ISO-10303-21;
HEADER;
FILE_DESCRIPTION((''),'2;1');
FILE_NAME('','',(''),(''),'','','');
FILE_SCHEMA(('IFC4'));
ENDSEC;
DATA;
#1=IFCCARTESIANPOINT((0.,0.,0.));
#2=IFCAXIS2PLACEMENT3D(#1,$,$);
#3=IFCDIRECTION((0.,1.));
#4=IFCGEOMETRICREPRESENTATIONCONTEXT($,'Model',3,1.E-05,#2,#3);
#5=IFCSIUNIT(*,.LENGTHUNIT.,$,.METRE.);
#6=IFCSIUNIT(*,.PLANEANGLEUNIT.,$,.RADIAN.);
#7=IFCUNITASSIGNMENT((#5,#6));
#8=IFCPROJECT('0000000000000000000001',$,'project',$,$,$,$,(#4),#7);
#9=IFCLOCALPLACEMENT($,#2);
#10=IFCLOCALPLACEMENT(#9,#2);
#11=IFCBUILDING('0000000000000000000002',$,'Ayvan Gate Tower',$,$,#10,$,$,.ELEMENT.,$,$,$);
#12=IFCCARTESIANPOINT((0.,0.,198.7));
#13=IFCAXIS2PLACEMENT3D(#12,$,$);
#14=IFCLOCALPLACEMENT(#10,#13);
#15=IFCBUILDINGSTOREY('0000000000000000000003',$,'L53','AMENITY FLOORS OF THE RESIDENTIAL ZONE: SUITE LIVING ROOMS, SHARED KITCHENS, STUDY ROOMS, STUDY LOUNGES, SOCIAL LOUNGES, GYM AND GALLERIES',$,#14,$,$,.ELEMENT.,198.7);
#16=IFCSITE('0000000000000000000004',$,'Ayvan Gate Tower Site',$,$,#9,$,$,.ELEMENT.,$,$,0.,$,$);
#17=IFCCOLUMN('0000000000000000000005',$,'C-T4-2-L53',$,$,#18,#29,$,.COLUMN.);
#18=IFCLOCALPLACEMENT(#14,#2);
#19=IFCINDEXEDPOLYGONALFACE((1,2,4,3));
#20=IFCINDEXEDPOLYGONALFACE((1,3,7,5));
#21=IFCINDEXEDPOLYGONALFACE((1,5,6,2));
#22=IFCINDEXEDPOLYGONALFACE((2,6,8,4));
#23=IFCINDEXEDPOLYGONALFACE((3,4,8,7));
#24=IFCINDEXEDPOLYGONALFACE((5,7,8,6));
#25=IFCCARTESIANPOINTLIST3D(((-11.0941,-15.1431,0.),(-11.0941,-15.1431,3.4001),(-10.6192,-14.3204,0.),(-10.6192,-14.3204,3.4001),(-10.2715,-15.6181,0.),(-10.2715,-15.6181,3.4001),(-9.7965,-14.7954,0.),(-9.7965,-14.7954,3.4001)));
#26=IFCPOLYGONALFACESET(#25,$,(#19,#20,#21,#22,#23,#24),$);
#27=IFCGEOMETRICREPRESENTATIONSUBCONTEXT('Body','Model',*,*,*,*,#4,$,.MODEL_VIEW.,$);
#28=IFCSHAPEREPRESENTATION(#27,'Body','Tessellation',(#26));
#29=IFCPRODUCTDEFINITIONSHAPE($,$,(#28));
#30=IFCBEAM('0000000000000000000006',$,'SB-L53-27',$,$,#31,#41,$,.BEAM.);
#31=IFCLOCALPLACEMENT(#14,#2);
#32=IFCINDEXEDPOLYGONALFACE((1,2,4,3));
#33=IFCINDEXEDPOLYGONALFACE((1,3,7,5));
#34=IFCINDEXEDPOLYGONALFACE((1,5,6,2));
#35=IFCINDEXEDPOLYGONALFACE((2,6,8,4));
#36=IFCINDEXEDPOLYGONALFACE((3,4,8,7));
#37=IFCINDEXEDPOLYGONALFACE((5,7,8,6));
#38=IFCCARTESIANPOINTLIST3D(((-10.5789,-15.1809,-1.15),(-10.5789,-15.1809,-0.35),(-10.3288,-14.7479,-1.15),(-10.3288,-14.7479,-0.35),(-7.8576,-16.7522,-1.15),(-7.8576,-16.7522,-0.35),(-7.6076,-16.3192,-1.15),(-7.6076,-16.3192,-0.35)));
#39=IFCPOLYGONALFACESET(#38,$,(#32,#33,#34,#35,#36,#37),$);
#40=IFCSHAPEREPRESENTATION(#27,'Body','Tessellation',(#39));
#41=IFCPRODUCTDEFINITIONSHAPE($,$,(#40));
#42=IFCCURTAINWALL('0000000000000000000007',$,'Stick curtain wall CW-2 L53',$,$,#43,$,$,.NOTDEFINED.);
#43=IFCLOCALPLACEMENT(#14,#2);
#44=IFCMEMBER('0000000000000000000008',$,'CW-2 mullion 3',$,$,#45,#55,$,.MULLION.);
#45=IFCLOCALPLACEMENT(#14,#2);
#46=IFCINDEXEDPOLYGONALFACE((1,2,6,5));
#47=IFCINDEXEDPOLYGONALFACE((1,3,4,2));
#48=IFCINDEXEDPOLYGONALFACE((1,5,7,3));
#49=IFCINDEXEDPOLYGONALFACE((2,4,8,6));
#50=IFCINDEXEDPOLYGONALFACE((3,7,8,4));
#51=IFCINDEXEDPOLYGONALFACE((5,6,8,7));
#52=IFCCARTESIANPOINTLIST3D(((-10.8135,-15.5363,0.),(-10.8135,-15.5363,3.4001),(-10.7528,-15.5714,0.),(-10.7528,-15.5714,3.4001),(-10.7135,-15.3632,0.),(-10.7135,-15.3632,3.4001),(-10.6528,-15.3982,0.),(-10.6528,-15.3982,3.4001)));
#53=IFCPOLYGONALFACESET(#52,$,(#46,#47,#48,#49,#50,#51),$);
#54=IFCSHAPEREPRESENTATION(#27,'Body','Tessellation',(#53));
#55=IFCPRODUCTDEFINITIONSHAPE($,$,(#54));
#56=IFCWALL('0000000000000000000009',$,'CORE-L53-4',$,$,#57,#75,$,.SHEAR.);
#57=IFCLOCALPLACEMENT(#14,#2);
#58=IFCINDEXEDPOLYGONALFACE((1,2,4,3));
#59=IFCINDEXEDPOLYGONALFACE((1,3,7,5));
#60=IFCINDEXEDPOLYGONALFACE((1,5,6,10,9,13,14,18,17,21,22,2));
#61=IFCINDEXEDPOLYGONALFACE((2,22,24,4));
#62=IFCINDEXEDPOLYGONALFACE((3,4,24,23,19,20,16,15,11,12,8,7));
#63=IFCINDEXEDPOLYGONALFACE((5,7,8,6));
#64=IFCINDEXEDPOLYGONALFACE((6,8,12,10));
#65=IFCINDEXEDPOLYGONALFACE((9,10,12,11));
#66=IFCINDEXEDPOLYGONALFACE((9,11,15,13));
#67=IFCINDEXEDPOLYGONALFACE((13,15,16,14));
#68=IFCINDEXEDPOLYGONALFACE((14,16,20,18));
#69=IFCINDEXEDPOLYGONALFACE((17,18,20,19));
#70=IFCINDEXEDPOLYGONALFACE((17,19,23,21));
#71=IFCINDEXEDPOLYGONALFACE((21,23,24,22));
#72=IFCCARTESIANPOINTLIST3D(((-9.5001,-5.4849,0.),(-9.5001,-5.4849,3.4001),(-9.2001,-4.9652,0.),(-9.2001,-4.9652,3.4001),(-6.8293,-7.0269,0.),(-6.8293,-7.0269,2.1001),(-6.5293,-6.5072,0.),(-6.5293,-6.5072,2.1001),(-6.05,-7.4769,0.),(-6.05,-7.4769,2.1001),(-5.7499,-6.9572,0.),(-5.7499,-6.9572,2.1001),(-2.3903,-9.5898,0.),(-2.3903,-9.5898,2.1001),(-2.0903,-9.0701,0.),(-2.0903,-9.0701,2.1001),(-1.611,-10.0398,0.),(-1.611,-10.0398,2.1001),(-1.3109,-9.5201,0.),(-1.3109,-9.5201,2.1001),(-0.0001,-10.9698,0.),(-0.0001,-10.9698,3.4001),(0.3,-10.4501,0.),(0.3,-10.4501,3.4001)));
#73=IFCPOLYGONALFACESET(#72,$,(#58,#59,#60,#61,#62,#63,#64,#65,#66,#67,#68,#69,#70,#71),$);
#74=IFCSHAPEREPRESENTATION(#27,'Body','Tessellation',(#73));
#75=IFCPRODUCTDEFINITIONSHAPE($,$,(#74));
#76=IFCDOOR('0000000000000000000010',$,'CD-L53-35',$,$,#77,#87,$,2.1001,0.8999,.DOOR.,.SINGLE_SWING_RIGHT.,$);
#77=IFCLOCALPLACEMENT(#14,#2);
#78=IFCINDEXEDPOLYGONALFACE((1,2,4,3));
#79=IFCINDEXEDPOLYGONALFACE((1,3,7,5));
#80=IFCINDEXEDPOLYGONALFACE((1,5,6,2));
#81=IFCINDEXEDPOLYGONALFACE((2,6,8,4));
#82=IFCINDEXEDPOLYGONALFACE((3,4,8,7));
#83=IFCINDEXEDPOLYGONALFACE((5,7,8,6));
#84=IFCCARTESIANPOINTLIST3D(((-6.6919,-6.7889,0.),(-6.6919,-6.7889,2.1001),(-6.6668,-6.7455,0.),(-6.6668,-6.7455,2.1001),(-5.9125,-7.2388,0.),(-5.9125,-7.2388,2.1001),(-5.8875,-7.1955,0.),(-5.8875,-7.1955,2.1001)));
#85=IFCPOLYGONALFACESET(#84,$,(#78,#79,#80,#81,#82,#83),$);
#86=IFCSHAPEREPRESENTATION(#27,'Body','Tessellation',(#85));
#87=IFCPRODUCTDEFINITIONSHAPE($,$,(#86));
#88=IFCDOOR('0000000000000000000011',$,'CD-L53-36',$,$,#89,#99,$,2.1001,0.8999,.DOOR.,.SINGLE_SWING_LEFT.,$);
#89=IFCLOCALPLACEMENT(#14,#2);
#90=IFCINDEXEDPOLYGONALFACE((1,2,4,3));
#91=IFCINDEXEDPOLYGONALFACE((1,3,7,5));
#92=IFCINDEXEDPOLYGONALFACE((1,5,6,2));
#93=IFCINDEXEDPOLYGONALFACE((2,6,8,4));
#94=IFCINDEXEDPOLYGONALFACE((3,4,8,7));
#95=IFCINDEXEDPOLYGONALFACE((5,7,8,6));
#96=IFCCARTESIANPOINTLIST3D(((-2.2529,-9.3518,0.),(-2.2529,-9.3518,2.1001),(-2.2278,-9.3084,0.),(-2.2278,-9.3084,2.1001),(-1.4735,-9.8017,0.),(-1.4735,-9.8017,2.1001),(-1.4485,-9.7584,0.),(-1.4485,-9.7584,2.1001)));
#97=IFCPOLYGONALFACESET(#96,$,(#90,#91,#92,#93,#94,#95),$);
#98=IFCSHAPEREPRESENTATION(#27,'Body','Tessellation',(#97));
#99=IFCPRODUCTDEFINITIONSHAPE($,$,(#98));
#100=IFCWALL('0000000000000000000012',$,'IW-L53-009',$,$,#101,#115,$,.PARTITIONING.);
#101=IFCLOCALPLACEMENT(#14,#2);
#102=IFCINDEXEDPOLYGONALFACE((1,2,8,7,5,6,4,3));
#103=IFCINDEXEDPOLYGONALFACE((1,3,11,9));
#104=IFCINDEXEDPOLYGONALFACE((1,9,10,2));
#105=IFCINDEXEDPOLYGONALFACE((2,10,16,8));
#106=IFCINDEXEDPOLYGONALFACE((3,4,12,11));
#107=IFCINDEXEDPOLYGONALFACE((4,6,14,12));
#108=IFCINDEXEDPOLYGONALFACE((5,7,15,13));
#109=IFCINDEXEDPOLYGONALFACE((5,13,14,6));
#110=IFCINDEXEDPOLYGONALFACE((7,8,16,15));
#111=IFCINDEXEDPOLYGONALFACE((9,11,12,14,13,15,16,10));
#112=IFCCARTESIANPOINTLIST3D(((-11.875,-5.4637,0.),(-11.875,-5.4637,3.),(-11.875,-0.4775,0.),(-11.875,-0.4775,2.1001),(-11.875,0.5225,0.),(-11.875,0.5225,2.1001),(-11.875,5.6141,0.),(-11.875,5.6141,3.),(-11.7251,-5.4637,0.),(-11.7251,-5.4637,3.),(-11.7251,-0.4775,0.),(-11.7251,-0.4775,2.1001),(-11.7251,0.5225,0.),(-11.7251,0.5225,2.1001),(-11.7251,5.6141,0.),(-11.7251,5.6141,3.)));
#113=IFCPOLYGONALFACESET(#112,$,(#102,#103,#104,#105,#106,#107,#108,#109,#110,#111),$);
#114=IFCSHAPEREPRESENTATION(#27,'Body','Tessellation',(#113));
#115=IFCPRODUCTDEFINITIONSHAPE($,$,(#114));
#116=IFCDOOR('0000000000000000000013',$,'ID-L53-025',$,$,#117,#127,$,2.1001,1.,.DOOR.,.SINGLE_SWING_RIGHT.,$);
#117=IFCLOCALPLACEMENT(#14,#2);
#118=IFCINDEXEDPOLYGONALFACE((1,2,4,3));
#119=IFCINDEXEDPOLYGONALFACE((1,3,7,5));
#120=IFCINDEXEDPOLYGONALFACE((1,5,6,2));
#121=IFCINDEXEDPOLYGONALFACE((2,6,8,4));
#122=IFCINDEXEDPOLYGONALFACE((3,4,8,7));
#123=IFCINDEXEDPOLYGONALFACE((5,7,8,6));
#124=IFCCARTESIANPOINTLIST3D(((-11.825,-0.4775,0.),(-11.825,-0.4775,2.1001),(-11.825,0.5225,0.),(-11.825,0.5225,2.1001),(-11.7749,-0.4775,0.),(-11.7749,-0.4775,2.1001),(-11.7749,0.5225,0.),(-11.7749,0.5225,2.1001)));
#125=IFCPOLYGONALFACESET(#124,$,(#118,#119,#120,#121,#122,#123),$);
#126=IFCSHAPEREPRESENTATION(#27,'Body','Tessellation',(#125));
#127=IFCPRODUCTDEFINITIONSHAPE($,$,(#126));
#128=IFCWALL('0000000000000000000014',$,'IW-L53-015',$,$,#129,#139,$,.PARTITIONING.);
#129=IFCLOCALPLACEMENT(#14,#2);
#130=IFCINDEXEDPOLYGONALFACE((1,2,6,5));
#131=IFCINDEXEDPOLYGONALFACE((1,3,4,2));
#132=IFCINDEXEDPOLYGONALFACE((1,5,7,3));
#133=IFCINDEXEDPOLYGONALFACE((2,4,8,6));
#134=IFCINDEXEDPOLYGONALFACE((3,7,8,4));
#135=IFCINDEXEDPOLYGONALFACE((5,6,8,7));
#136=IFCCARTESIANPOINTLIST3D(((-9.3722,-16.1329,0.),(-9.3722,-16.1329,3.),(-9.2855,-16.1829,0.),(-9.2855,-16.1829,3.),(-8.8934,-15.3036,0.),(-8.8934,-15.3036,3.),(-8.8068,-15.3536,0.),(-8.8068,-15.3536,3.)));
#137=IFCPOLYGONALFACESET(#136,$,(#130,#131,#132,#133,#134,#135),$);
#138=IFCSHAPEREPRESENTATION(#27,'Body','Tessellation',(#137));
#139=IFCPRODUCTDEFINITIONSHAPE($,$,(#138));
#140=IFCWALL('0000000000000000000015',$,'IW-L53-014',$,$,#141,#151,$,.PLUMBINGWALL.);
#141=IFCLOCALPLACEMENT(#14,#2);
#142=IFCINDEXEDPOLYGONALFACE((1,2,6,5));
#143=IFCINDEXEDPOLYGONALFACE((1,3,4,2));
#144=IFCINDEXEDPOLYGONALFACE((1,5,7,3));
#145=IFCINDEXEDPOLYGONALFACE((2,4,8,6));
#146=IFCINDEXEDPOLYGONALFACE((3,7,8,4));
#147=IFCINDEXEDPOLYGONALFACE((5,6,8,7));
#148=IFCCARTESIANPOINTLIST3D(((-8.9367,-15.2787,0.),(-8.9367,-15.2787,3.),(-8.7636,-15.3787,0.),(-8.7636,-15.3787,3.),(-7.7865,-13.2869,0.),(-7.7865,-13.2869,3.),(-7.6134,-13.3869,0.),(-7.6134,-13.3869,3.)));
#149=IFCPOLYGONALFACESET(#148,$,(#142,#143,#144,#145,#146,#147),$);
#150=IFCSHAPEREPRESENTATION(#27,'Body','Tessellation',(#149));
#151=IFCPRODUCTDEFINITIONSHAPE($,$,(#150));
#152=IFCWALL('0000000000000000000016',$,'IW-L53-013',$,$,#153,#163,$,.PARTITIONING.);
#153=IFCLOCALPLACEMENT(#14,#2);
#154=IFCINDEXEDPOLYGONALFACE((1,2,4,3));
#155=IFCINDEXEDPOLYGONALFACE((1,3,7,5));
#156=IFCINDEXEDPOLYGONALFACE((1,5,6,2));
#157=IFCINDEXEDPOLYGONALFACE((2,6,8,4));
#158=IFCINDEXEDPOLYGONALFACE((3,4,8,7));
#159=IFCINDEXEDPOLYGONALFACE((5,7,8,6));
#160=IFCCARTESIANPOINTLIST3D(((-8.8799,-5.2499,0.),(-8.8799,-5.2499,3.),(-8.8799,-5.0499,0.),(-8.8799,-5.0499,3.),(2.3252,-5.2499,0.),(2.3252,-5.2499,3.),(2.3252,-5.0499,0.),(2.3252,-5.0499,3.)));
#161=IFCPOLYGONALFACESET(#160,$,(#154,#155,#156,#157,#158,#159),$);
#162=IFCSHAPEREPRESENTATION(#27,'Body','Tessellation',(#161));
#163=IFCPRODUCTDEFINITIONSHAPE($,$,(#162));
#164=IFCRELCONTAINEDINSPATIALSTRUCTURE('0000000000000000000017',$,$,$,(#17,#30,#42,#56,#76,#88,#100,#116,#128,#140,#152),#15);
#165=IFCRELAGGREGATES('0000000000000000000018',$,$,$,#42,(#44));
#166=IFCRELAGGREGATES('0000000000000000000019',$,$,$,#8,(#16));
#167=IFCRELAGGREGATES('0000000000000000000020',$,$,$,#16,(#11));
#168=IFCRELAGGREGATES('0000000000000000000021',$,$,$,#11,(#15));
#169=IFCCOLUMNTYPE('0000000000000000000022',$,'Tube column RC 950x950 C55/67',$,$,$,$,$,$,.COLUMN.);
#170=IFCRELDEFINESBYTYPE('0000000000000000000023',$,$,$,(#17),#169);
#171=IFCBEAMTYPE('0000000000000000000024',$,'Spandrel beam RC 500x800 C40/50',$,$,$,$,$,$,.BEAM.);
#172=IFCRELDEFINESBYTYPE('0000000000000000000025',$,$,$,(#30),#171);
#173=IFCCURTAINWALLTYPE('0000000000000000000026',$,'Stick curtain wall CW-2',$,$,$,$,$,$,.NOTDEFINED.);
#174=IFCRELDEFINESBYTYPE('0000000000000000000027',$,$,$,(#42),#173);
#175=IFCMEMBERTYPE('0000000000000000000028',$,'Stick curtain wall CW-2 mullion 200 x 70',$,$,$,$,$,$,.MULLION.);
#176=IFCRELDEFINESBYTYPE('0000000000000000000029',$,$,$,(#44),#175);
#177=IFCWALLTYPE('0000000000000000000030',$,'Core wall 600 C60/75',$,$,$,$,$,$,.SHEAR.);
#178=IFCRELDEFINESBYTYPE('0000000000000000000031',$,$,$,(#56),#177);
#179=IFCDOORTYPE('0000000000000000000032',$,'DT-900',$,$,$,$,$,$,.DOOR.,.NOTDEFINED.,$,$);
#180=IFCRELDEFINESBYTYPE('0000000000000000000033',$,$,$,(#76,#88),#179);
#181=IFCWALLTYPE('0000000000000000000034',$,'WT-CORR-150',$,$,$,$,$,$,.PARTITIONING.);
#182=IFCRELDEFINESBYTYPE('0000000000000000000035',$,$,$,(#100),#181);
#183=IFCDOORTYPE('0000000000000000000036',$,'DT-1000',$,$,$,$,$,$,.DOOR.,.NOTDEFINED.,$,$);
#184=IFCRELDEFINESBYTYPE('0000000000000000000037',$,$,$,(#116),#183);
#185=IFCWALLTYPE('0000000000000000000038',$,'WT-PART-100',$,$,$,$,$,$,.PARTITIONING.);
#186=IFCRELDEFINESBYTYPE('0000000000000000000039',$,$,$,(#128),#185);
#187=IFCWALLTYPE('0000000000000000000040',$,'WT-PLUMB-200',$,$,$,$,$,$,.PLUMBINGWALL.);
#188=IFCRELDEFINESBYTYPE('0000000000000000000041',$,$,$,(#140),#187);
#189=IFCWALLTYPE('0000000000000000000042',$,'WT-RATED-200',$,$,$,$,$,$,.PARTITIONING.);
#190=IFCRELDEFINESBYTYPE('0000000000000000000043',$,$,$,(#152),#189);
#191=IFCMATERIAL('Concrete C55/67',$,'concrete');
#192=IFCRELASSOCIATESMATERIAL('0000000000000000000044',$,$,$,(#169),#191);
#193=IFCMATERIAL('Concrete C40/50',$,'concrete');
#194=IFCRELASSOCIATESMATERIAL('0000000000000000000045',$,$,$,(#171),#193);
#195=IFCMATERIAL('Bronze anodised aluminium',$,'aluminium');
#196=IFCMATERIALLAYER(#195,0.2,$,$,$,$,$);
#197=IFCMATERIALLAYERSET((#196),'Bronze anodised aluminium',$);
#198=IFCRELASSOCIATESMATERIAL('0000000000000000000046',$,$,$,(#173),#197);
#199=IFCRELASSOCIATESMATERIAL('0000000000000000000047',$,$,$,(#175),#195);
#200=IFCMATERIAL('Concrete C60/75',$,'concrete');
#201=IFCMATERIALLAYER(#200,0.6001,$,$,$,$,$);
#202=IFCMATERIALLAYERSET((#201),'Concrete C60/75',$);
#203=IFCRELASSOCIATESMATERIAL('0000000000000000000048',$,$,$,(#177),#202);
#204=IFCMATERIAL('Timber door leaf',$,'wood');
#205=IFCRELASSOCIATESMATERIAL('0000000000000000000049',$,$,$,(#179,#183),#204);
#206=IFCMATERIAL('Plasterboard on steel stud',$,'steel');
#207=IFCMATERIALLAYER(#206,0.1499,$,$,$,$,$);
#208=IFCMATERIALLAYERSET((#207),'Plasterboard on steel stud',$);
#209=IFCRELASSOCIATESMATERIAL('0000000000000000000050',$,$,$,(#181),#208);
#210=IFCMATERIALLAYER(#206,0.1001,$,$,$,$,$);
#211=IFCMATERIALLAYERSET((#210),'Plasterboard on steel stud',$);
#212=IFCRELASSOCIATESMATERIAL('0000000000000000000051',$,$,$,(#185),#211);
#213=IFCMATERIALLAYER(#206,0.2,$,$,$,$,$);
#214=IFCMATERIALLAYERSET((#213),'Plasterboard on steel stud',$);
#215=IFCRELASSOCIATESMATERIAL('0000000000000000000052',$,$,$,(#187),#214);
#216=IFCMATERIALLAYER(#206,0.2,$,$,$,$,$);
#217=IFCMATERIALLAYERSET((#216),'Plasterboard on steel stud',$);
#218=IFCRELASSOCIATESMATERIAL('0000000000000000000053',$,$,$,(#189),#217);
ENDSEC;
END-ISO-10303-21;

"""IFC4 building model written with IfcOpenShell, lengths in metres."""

from ifc_helpers import new_model, si_unit, direction, frame, frame_2d, origin, origin_2d, place, context, subcontext, project, spatial, rectangle, extrude, material, layer, layer_set, material_profile, profile_set, type_object, element, fill, aggregate, save


model = new_model("IFC4")

# Units and contexts
model_context = context("Model", 3, precision=1e-05, world=origin(), true_north=direction((0.0, 1.0)))
body_context = subcontext(model_context, "Body", "Model", "MODEL_VIEW")
ifc_project = project(units=[si_unit("LENGTHUNIT", "METRE"), si_unit("PLANEANGLEUNIT", "RADIAN")], contexts=[model_context])

# Site, building, storey
site_placement = place(None, origin())
site = spatial("IfcSite", under=ifc_project, at=site_placement, Name="Ayvan Gate Tower Site", CompositionType="ELEMENT", RefElevation=0.0)
building_placement = place(site_placement, origin())
building = spatial("IfcBuilding", under=site, at=building_placement, Name="Ayvan Gate Tower", CompositionType="ELEMENT")
storey_placement = place(building_placement, frame((0.0, 0.0, 198.7)))
storey = spatial("IfcBuildingStorey", under=building, at=storey_placement, Name="L53", Description="AMENITY FLOORS OF THE RESIDENTIAL ZONE: SUITE LIVING ROOMS, SHARED KITCHENS, STUDY ROOMS, STUDY LOUNGES, SOCIAL LOUNGES, GYM AND GALLERIES", CompositionType="ELEMENT", Elevation=198.7)

# Column
ifc_material_1 = material(Name="Concrete C55/67", Category="concrete")
ifc_material_profile_1 = material_profile(ifc_material_1, rectangle(XDim=0.95, YDim=0.95, at=origin_2d()), Name="RC 950x950")
ifc_profile_set_1 = profile_set([ifc_material_profile_1], Name="Concrete C55/67")
column_type = type_object("IfcColumnType", Name="Tube column RC 950x950 C55/67", PredefinedType="COLUMN", material=ifc_profile_set_1)
column_placement = place(storey_placement, frame((-10.4453, -14.9692, 0.0), z_axis=(0.0, 0.0, 1.0), x_axis=(-0.5, -0.866025, 0.0)))
element("IfcColumn", 1, at=column_placement, inside=storey, type_object=column_type, Name="C-T4-2-L53", PredefinedType="COLUMN", context=body_context, shape_type="SweptSolid", body=[
    extrude(rectangle(XDim=0.95, YDim=0.95, at=origin_2d()), origin(), (0.0, 0.0, 1.0), 3.4001),
])

# Beam
ifc_material_2 = material(Name="Concrete C40/50", Category="concrete")
ifc_material_profile_2 = material_profile(ifc_material_2, rectangle(XDim=0.5, YDim=0.8, at=origin_2d()), Name="RC 500x800")
ifc_profile_set_2 = profile_set([ifc_material_profile_2], Name="Concrete C40/50")
beam_type = type_object("IfcBeamType", Name="Spandrel beam RC 500x800 C40/50", PredefinedType="BEAM", material=ifc_profile_set_2)
beam_placement = place(storey_placement, frame((-10.4539, -14.9644, -0.75), z_axis=(0.865997, -0.50005, 0.0), x_axis=(0.50005, 0.865997, 0.0)))
element("IfcBeam", 2, at=beam_placement, inside=storey, type_object=beam_type, Name="SB-L53-27", PredefinedType="BEAM", context=body_context, shape_type="SweptSolid", body=[
    extrude(rectangle(XDim=0.5, YDim=0.8, at=origin_2d()), origin(), (0.0, 0.0, 1.0), 3.1423),
])

# Curtain wall, member
ifc_material_3 = material(Name="Bronze anodised aluminium", Category="aluminium")
ifc_layer_1 = layer(ifc_material_3, 0.2)
ifc_layer_set_1 = layer_set([ifc_layer_1], Name="Bronze anodised aluminium")
curtain_wall_type = type_object("IfcCurtainWallType", Name="Stick curtain wall CW-2", PredefinedType="NOTDEFINED", material=ifc_layer_set_1)
curtain_wall_placement = place(storey_placement, origin())
curtain_wall = element("IfcCurtainWall", 3, at=curtain_wall_placement, inside=storey, type_object=curtain_wall_type, Name="Stick curtain wall CW-2 L53", PredefinedType="NOTDEFINED")
ifc_material_profile_3 = material_profile(ifc_material_3, rectangle(XDim=0.2, YDim=0.0701, at=origin_2d()), Name="Stick curtain wall CW-2 mullion 200 x 70")
ifc_profile_set_3 = profile_set([ifc_material_profile_3], Name="Bronze anodised aluminium")
member_type = type_object("IfcMemberType", Name="Stick curtain wall CW-2 mullion 200 x 70", PredefinedType="MULLION", material=ifc_profile_set_3)
member_placement = place(storey_placement, frame((-10.7332, -15.4673, 0.0), z_axis=(0.0, 0.0, 1.0), x_axis=(-0.5, -0.866025, 0.0)))
member = element("IfcMember", 4, at=member_placement, type_object=member_type, Name="CW-2 mullion 3", PredefinedType="MULLION", context=body_context, shape_type="SweptSolid", body=[
    extrude(rectangle(XDim=0.2, YDim=0.0701, at=origin_2d()), origin(), (0.0, 0.0, 1.0), 3.4001),
])
aggregate(curtain_wall, [member])

# Wall, openings, doors
ifc_material_4 = material(Name="Concrete C60/75", Category="concrete")
ifc_layer_2 = layer(ifc_material_4, 0.6001)
ifc_layer_set_2 = layer_set([ifc_layer_2], Name="Concrete C60/75")
wall_type_1 = type_object("IfcWallType", Name="Core wall 600 C60/75", PredefinedType="SHEAR", material=ifc_layer_set_2)
wall_1_placement = place(storey_placement, frame((-9.3501, -5.2251, 0.0), z_axis=(0.0, 0.0, 1.0), x_axis=(0.866024, -0.500002, 0.0)))
wall_1 = element("IfcWall", 5, at=wall_1_placement, inside=storey, type_object=wall_type_1, Name="CORE-L53-4", PredefinedType="SHEAR", context=body_context, shape_type="SweptSolid", body=[
    extrude(rectangle(XDim=10.9697, YDim=0.6001, at=frame_2d((5.4849, 0.0))), origin(), (0.0, 0.0, 1.0), 3.4001),
])
opening_1_placement = place(wall_1_placement, frame((3.084, 0.0, 0.0)))
opening_1 = element("IfcOpeningElement", 6, at=opening_1_placement, cuts=wall_1, PredefinedType="OPENING", context=body_context, shape_type="SweptSolid", body=[
    extrude(rectangle(XDim=0.8999, YDim=2.1001, at=frame_2d((0.45, 1.05))), frame((0.0, 0.3101, 0.0), z_axis=(0.0, -1.0, 0.0), x_axis=(1.0, 0.0, 0.0)), (0.0, 0.0, 1.0), 0.6201),
])
opening_2_placement = place(wall_1_placement, frame((8.2097, 0.0, 0.0)))
opening_2 = element("IfcOpeningElement", 7, at=opening_2_placement, cuts=wall_1, PredefinedType="OPENING", context=body_context, shape_type="SweptSolid", body=[
    extrude(rectangle(XDim=0.8999, YDim=2.1001, at=frame_2d((0.45, 1.05))), frame((0.0, 0.3101, 0.0), z_axis=(0.0, -1.0, 0.0), x_axis=(1.0, 0.0, 0.0)), (0.0, 0.0, 1.0), 0.6201),
])
ifc_material_5 = material(Name="Timber door leaf", Category="wood")
door_type_1 = type_object("IfcDoorType", Name="DT-900", OperationType="NOTDEFINED", PredefinedType="DOOR", material=ifc_material_5)
door_1_placement = place(opening_1_placement, origin())
door_1 = element("IfcDoor", 8, at=door_1_placement, inside=storey, type_object=door_type_1, Name="CD-L53-35", OperationType="SINGLE_SWING_RIGHT", OverallHeight=2.1001, OverallWidth=0.8999, PredefinedType="DOOR", context=body_context, shape_type="SweptSolid", body=[
    extrude(rectangle(XDim=0.8999, YDim=2.1001, at=frame_2d((0.45, 1.05))), frame((0.0, 0.0249, 0.0), z_axis=(0.0, -1.0, 0.0), x_axis=(1.0, 0.0, 0.0)), (0.0, 0.0, 1.0), 0.05),
])
fill(opening_1, door_1)
door_2_placement = place(opening_2_placement, origin())
door_2 = element("IfcDoor", 9, at=door_2_placement, inside=storey, type_object=door_type_1, Name="CD-L53-36", OperationType="SINGLE_SWING_LEFT", OverallHeight=2.1001, OverallWidth=0.8999, PredefinedType="DOOR", context=body_context, shape_type="SweptSolid", body=[
    extrude(rectangle(XDim=0.8999, YDim=2.1001, at=frame_2d((0.45, 1.05))), frame((0.0, 0.0249, 0.0), z_axis=(0.0, -1.0, 0.0), x_axis=(1.0, 0.0, 0.0)), (0.0, 0.0, 1.0), 0.05),
])
fill(opening_2, door_2)

# Wall, opening, door
ifc_material_6 = material(Name="Plasterboard on steel stud", Category="steel")
ifc_layer_3 = layer(ifc_material_6, 0.1499)
ifc_layer_set_3 = layer_set([ifc_layer_3], Name="Plasterboard on steel stud")
wall_type_2 = type_object("IfcWallType", Name="WT-CORR-150", PredefinedType="PARTITIONING", material=ifc_layer_set_3)
wall_2_placement = place(storey_placement, frame((-11.8, -5.4639, 0.0), z_axis=(0.0, 0.0, 1.0), x_axis=(0.0, 1.0, 0.0)))
wall_2 = element("IfcWall", 10, at=wall_2_placement, inside=storey, type_object=wall_type_2, Name="IW-L53-009", PredefinedType="PARTITIONING", context=body_context, shape_type="SweptSolid", body=[
    extrude(rectangle(XDim=11.0779, YDim=0.1499, at=frame_2d((5.5391, 0.0))), origin(), (0.0, 0.0, 1.0), 3.0),
])
opening_3_placement = place(wall_2_placement, frame((4.9863, 0.0, 0.0)))
opening_3 = element("IfcOpeningElement", 11, at=opening_3_placement, cuts=wall_2, PredefinedType="OPENING", context=body_context, shape_type="SweptSolid", body=[
    extrude(rectangle(XDim=1.0, YDim=2.1001, at=frame_2d((0.5, 1.05))), frame((0.0, 0.085, 0.0), z_axis=(0.0, -1.0, 0.0), x_axis=(1.0, 0.0, 0.0)), (0.0, 0.0, 1.0), 0.1699),
])
door_type_2 = type_object("IfcDoorType", Name="DT-1000", OperationType="NOTDEFINED", PredefinedType="DOOR", material=ifc_material_5)
door_3_placement = place(opening_3_placement, origin())
door_3 = element("IfcDoor", 12, at=door_3_placement, inside=storey, type_object=door_type_2, Name="ID-L53-025", OperationType="SINGLE_SWING_RIGHT", OverallHeight=2.1001, OverallWidth=1.0, PredefinedType="DOOR", context=body_context, shape_type="SweptSolid", body=[
    extrude(rectangle(XDim=1.0, YDim=2.1001, at=frame_2d((0.5, 1.05))), frame((0.0, 0.0249, 0.0), z_axis=(0.0, -1.0, 0.0), x_axis=(1.0, 0.0, 0.0)), (0.0, 0.0, 1.0), 0.05),
])
fill(opening_3, door_3)

# Walls
ifc_layer_4 = layer(ifc_material_6, 0.1001)
ifc_layer_set_4 = layer_set([ifc_layer_4], Name="Plasterboard on steel stud")
wall_type_3 = type_object("IfcWallType", Name="WT-PART-100", PredefinedType="PARTITIONING", material=ifc_layer_set_4)
wall_3_placement = place(storey_placement, frame((-8.8501, -15.3286, 0.0), z_axis=(0.0, 0.0, 1.0), x_axis=(-0.499951, -0.866054, 0.0)))
element("IfcWall", 13, at=wall_3_placement, inside=storey, type_object=wall_type_3, Name="IW-L53-015", PredefinedType="PARTITIONING", context=body_context, shape_type="SweptSolid", body=[
    extrude(rectangle(XDim=0.9575, YDim=0.1001, at=frame_2d((0.4788, 0.0))), origin(), (0.0, 0.0, 1.0), 3.0),
])
ifc_layer_5 = layer(ifc_material_6, 0.2)
ifc_layer_set_5 = layer_set([ifc_layer_5], Name="Plasterboard on steel stud")
wall_type_4 = type_object("IfcWallType", Name="WT-PLUMB-200", PredefinedType="PLUMBINGWALL", material=ifc_layer_set_5)
wall_4_placement = place(storey_placement, frame((-8.8501, -15.3286, 0.0), z_axis=(0.0, 0.0, 1.0), x_axis=(0.500078, 0.865981, 0.0)))
element("IfcWall", 14, at=wall_4_placement, inside=storey, type_object=wall_type_4, Name="IW-L53-014", PredefinedType="PLUMBINGWALL", context=body_context, shape_type="SweptSolid", body=[
    extrude(rectangle(XDim=2.3, YDim=0.2, at=frame_2d((1.1499, 0.0))), origin(), (0.0, 0.0, 1.0), 3.0),
])
ifc_layer_6 = layer(ifc_material_6, 0.2)
ifc_layer_set_6 = layer_set([ifc_layer_6], Name="Plasterboard on steel stud")
wall_type_5 = type_object("IfcWallType", Name="WT-RATED-200", PredefinedType="PARTITIONING", material=ifc_layer_set_6)
wall_5_placement = place(storey_placement, frame((-8.8799, -5.1499, 0.0), z_axis=(0.0, 0.0, 1.0), x_axis=(1.0, 0.0, 0.0)))
element("IfcWall", 15, at=wall_5_placement, inside=storey, type_object=wall_type_5, Name="IW-L53-013", PredefinedType="PARTITIONING", context=body_context, shape_type="SweptSolid", body=[
    extrude(rectangle(XDim=11.2051, YDim=0.2, at=frame_2d((5.6025, 0.0))), origin(), (0.0, 0.0, 1.0), 3.0),
])

save(model, "model.ifc")
